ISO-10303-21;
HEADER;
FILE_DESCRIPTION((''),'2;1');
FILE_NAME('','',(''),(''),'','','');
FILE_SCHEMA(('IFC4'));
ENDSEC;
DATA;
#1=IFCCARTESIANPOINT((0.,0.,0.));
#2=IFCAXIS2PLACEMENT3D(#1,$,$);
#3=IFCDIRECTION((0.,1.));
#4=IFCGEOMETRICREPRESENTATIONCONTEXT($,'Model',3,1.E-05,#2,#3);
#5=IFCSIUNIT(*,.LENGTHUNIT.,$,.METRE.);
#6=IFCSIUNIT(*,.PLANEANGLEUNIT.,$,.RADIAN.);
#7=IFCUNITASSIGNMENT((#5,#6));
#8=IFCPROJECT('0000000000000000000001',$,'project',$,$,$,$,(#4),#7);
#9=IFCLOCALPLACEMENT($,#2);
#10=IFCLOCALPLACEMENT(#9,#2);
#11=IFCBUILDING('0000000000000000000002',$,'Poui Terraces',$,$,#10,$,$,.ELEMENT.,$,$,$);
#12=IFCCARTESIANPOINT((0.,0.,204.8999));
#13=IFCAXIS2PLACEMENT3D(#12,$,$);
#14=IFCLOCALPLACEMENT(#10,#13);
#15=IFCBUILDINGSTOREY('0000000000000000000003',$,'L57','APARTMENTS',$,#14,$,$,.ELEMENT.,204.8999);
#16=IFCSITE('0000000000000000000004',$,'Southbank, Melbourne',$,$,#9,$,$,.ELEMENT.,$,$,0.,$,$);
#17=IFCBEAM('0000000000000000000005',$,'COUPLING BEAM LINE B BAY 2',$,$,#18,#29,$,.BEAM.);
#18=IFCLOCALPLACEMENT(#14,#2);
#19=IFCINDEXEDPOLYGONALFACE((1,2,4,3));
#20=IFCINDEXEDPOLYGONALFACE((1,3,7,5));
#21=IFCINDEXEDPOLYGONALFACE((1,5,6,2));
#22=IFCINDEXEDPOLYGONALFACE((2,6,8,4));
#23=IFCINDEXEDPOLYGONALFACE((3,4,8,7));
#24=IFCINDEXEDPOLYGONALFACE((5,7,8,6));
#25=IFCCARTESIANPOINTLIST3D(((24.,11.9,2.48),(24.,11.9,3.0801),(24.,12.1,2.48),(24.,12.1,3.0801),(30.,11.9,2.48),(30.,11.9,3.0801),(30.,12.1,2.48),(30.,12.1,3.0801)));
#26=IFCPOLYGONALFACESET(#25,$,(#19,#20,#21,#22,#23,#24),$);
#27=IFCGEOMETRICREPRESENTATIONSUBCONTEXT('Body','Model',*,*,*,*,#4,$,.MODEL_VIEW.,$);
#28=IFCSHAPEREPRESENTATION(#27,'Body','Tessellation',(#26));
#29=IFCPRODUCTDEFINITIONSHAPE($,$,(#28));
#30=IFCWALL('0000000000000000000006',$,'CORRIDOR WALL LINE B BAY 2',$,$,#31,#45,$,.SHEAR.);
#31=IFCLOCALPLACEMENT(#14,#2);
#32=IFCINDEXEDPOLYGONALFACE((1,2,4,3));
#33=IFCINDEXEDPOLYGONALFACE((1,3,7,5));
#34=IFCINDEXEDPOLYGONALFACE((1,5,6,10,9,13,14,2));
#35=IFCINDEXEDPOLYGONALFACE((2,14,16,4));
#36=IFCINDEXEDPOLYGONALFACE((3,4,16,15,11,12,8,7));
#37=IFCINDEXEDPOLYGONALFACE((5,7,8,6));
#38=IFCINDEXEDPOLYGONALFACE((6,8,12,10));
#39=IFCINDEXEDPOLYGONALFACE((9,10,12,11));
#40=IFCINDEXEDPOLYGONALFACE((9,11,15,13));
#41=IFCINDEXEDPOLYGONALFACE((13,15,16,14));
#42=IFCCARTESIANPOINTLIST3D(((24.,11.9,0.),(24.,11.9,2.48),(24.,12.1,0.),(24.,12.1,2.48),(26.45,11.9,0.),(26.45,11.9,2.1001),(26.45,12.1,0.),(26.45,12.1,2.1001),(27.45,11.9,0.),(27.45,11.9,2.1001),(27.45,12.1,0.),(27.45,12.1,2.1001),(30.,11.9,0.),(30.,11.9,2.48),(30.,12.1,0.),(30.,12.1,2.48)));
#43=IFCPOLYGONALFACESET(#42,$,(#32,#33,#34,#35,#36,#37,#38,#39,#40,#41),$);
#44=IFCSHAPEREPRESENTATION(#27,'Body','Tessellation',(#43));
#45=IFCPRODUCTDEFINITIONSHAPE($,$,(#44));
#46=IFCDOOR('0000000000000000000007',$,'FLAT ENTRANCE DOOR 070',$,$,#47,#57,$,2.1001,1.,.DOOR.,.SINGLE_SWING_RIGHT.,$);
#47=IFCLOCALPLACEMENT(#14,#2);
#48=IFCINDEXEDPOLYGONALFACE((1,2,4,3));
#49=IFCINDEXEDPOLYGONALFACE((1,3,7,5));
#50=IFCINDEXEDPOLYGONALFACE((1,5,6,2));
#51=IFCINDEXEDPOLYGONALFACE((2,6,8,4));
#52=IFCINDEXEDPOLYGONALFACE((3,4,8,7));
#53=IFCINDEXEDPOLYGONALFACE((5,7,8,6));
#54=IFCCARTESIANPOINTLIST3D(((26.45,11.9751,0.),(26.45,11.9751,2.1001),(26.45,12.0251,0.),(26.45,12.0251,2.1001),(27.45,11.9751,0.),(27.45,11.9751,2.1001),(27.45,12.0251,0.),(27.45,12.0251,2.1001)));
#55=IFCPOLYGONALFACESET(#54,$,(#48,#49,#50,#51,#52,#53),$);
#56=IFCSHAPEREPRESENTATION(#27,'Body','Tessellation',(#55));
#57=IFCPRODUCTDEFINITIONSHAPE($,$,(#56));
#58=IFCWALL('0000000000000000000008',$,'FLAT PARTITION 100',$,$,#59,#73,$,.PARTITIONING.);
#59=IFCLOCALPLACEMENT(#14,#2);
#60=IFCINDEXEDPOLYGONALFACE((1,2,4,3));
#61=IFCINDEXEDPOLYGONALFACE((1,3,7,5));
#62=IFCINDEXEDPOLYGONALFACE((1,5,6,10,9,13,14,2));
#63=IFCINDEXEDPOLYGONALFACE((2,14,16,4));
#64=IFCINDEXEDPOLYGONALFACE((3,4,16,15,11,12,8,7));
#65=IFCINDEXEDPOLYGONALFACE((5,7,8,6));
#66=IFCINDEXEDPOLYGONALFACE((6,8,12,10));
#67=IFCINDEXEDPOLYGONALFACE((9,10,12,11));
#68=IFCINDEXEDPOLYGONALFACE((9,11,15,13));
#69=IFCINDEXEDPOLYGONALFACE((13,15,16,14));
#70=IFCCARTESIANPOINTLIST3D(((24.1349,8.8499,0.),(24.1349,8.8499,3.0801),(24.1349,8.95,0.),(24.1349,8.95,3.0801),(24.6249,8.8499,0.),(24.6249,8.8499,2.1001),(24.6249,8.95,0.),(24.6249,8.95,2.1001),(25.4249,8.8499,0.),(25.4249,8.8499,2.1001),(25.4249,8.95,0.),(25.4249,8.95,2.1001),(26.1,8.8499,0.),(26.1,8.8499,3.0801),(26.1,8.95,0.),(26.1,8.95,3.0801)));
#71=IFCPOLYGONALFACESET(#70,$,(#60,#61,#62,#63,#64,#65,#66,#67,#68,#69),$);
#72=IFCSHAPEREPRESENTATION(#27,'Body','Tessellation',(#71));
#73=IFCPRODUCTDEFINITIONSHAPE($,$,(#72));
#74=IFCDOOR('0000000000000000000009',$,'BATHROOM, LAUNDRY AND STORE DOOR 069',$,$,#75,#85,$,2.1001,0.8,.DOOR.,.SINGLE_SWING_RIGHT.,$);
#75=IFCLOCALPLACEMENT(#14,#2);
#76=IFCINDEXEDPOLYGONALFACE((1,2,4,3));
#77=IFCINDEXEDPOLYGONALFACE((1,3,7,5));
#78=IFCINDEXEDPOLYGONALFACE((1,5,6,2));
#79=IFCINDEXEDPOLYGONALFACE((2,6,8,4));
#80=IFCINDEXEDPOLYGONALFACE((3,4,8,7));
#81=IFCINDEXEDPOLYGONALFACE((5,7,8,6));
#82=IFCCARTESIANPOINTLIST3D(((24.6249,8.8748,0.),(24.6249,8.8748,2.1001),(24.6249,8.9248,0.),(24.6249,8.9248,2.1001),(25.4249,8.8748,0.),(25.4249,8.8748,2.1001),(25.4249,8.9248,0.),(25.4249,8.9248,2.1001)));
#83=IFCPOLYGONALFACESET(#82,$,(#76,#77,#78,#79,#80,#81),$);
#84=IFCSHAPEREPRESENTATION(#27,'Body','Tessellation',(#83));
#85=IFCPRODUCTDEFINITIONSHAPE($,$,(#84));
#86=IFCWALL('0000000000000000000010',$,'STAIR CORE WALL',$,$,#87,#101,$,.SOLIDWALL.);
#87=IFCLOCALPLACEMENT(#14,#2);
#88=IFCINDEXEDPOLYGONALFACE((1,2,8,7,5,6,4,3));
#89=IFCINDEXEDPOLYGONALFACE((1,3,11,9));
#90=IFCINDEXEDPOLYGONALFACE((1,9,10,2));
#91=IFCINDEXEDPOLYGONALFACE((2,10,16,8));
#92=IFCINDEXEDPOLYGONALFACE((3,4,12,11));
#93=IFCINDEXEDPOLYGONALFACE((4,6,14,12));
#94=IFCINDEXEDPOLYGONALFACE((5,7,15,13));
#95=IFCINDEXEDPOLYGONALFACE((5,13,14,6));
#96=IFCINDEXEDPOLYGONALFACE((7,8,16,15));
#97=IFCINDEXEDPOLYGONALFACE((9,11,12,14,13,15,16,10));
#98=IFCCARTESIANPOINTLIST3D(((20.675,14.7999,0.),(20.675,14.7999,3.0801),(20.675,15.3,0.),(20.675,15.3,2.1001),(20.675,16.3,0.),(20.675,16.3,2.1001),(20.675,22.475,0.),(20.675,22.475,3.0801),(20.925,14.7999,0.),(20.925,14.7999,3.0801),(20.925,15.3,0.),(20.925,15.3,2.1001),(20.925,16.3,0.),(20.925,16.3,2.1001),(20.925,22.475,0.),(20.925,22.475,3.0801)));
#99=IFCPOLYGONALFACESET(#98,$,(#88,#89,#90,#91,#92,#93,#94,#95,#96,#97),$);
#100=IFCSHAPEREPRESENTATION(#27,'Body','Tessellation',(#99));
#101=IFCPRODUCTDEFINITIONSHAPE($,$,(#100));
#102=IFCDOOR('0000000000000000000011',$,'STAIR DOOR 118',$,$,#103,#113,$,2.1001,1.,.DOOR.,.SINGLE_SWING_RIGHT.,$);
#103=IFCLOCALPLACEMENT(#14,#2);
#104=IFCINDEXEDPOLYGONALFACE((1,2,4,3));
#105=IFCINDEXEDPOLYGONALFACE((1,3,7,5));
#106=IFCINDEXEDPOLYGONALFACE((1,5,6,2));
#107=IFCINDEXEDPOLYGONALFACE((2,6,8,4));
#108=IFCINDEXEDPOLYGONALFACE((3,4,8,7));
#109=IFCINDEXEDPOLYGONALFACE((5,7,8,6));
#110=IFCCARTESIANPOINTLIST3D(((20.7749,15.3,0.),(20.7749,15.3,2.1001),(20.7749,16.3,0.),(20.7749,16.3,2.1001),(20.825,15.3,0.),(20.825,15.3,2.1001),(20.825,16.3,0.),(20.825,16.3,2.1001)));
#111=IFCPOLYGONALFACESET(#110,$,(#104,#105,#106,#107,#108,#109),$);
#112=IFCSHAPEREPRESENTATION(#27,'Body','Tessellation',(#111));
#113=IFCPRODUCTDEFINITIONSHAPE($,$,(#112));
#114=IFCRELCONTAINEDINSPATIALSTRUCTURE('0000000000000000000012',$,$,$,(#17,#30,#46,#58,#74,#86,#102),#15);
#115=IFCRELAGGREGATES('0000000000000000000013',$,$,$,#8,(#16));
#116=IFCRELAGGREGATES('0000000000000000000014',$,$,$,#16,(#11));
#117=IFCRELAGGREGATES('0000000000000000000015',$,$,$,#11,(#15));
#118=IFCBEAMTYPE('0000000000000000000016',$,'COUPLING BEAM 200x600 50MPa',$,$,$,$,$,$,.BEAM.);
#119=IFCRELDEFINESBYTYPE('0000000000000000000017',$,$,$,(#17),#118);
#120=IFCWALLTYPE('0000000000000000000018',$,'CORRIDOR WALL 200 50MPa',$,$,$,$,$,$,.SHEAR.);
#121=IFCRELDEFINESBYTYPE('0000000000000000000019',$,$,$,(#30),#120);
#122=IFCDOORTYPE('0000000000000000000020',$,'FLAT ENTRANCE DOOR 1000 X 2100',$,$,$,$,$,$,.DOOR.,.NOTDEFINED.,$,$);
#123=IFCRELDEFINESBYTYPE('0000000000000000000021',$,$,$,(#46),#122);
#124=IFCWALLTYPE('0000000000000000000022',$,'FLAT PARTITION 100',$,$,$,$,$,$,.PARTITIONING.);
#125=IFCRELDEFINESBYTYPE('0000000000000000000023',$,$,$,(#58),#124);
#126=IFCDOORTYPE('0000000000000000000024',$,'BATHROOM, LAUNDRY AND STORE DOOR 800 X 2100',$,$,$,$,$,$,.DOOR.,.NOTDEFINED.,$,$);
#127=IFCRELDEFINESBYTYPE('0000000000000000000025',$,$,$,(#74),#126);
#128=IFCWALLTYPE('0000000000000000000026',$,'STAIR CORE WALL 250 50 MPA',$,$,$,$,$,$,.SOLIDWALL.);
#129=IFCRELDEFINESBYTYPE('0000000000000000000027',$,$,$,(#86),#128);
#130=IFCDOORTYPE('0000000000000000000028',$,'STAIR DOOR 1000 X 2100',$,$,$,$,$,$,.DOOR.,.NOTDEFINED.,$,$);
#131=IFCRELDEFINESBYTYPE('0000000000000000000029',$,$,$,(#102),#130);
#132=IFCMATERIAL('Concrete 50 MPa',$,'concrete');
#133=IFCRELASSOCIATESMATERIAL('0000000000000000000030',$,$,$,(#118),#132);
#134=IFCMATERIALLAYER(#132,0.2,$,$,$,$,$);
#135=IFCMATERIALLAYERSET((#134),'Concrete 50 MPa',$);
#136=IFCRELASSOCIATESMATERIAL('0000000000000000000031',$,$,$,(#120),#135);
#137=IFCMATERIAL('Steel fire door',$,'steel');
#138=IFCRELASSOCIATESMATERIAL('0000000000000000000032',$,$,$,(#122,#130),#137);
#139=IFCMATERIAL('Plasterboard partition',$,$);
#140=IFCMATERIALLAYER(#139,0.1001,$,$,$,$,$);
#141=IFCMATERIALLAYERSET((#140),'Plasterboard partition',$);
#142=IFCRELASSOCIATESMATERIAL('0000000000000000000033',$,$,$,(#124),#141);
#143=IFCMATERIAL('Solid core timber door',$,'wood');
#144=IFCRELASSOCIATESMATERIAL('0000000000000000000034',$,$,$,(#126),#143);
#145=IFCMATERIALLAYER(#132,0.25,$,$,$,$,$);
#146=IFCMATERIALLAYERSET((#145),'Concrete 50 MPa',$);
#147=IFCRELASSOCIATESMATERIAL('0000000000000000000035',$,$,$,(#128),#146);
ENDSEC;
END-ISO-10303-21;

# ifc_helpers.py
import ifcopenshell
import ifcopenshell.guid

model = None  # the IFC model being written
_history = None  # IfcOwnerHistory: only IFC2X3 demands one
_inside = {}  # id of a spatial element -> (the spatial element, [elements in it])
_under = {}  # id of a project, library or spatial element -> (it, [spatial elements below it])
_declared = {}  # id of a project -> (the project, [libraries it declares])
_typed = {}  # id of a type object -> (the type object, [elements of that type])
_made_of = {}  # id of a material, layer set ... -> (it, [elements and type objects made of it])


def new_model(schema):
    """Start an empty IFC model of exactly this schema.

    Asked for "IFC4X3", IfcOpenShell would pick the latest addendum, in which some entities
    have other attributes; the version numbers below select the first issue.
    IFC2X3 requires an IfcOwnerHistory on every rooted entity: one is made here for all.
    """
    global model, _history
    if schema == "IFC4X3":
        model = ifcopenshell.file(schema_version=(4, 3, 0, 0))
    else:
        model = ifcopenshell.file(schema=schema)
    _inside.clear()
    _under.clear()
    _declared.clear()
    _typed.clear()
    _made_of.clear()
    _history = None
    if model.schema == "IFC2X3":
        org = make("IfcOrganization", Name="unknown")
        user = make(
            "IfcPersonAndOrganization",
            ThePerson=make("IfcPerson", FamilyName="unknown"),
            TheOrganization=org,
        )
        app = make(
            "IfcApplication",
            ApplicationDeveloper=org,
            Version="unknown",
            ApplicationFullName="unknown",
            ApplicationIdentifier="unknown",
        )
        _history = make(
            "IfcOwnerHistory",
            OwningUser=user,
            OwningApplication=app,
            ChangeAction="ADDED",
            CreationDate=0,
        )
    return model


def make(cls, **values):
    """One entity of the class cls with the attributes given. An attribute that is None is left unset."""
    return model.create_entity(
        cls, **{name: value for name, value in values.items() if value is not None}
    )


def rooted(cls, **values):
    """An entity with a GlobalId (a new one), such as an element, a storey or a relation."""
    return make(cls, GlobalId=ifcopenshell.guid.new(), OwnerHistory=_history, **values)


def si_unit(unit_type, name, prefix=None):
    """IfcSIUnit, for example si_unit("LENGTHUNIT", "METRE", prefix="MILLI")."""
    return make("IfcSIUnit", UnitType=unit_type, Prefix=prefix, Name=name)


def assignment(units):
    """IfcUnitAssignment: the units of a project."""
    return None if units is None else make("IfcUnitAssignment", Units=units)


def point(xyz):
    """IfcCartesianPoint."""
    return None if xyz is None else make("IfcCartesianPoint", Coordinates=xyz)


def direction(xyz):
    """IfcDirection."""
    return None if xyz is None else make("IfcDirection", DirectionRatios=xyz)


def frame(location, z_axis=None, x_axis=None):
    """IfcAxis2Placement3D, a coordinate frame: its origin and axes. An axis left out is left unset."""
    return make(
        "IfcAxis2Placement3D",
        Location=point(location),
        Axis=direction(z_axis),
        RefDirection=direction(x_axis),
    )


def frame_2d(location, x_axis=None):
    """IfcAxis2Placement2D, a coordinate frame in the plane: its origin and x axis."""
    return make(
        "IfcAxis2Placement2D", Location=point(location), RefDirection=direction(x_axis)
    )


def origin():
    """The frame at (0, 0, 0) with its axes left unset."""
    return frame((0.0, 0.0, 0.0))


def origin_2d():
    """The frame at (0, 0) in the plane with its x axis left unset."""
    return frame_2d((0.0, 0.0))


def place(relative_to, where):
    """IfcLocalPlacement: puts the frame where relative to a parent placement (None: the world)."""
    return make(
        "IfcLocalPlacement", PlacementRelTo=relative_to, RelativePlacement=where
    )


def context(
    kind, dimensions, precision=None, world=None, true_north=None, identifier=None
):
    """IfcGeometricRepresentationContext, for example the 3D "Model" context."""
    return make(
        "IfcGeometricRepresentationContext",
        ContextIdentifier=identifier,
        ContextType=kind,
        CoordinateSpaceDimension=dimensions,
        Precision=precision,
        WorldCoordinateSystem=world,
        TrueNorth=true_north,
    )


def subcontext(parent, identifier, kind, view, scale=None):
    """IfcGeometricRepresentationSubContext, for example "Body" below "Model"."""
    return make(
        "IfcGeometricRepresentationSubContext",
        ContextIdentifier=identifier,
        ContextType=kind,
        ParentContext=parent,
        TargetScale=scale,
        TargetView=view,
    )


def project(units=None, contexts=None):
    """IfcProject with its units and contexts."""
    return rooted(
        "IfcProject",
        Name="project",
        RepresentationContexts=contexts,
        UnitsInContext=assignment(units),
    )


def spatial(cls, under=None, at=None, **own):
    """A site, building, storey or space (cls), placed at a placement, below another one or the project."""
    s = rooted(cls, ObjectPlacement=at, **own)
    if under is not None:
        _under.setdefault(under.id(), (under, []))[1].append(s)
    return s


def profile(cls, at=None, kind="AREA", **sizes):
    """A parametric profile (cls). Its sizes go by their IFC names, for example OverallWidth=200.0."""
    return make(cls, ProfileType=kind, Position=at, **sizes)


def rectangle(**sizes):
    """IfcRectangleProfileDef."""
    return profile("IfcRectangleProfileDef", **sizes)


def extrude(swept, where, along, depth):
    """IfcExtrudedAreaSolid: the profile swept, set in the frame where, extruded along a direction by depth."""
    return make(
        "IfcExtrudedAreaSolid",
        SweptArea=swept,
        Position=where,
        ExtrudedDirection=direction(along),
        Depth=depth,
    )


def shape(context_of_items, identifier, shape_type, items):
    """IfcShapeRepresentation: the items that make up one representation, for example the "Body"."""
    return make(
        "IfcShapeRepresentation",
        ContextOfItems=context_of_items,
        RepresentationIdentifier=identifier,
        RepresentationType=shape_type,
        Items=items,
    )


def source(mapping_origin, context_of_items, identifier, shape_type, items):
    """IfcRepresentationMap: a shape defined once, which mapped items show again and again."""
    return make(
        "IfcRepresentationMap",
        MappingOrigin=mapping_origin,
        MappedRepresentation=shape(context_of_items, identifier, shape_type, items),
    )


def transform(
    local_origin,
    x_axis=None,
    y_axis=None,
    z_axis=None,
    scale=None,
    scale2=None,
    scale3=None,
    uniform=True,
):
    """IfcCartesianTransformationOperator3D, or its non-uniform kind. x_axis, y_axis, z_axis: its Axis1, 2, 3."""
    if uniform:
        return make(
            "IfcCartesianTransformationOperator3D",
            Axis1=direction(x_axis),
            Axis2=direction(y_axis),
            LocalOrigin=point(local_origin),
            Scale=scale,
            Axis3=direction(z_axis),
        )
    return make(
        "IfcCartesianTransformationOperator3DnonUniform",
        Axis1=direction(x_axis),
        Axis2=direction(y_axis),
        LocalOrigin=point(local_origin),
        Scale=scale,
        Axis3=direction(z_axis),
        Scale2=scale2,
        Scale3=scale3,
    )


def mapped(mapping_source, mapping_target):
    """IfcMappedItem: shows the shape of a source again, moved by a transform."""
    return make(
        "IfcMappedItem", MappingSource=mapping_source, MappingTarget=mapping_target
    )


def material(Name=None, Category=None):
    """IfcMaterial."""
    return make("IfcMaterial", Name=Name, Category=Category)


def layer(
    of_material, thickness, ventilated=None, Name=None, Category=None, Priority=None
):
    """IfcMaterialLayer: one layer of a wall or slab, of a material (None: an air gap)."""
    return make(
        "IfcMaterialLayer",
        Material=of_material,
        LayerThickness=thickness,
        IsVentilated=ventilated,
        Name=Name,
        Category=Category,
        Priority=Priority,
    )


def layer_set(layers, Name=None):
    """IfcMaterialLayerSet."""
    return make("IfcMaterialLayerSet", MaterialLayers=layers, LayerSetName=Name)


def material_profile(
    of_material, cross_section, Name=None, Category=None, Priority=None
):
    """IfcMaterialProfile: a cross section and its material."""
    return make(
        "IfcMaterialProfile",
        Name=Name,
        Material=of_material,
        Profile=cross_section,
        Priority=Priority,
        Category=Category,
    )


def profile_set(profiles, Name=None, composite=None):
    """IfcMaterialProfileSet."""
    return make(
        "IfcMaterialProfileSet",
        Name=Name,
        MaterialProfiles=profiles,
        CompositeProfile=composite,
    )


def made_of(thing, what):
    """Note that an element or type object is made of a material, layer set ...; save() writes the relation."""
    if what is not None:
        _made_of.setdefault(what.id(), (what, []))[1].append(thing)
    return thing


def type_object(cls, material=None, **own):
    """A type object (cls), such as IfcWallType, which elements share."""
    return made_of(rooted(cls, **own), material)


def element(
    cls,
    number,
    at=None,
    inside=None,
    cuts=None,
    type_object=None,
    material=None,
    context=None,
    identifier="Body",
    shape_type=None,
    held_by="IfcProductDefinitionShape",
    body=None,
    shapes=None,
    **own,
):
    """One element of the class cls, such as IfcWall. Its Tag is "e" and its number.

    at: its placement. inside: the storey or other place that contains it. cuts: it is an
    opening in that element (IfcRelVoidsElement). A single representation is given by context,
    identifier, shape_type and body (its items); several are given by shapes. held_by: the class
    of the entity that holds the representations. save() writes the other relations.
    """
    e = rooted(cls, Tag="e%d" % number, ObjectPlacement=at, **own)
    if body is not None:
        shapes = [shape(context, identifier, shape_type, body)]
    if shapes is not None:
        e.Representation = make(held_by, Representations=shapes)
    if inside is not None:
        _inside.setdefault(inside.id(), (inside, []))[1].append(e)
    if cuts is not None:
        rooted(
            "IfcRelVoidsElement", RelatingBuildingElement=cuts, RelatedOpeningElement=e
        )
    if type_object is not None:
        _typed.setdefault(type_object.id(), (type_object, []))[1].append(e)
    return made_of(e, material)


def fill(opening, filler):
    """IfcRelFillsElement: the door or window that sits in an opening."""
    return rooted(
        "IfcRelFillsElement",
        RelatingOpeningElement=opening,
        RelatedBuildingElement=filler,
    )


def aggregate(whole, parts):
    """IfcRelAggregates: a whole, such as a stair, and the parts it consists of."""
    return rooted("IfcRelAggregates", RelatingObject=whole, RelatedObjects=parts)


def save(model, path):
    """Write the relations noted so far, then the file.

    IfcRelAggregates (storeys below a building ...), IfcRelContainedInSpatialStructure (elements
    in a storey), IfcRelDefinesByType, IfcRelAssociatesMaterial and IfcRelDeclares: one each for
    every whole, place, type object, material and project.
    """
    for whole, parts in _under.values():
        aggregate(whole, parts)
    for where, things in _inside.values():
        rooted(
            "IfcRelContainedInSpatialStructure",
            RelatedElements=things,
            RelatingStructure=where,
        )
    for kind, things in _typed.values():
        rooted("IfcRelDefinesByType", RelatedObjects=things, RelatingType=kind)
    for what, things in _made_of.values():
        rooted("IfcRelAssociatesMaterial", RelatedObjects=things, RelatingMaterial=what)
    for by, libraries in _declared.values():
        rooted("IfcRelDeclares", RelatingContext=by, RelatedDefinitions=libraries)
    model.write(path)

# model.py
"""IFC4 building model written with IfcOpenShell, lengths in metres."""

from ifc_helpers import new_model, si_unit, direction, frame, frame_2d, origin, origin_2d, place, context, subcontext, project, spatial, rectangle, extrude, source, transform, mapped, material, layer, layer_set, material_profile, profile_set, type_object, element, fill, save


model = new_model("IFC4")

# Units and contexts
model_context = context("Model", 3, precision=1e-05, world=origin(), true_north=direction((0.0, 1.0)))
body_context = subcontext(model_context, "Body", "Model", "MODEL_VIEW")
ifc_project = project(units=[si_unit("LENGTHUNIT", "METRE"), si_unit("PLANEANGLEUNIT", "RADIAN")], contexts=[model_context])

# Site, building, storey
site_placement = place(None, origin())
site = spatial("IfcSite", under=ifc_project, at=site_placement, Name="Southbank, Melbourne", CompositionType="ELEMENT", RefElevation=0.0)
building_placement = place(site_placement, origin())
building = spatial("IfcBuilding", under=site, at=building_placement, Name="Poui Terraces", CompositionType="ELEMENT")
storey_placement = place(building_placement, frame((0.0, 0.0, 204.8999)))
storey = spatial("IfcBuildingStorey", under=building, at=storey_placement, Name="L57", Description="APARTMENTS", CompositionType="ELEMENT", Elevation=204.8999)

# Beam
ifc_material_1 = material(Name="Concrete 50 MPa", Category="concrete")
ifc_material_profile = material_profile(ifc_material_1, rectangle(XDim=0.2, YDim=0.6001, at=origin_2d()), Name="RC 200x600")
ifc_profile_set = profile_set([ifc_material_profile], Name="Concrete 50 MPa")
beam_type = type_object("IfcBeamType", Name="COUPLING BEAM 200x600 50MPa", PredefinedType="BEAM", material=ifc_profile_set)
shared_shape = source(origin(), body_context, "Body", "SweptSolid", [
    extrude(rectangle(XDim=0.2, YDim=0.6001, at=origin_2d()), origin(), (0.0, 0.0, 1.0), 6.0),
])
beam_placement = place(storey_placement, frame((24.0, 12.0, 2.78), z_axis=(1.0, 0.0, 0.0), x_axis=(0.0, 1.0, 0.0)))
element("IfcBeam", 1, at=beam_placement, inside=storey, type_object=beam_type, Name="COUPLING BEAM LINE B BAY 2", PredefinedType="BEAM", context=body_context, shape_type="MappedRepresentation", body=[
    mapped(shared_shape, transform((0.0, 0.0, 0.0))),
])

# Walls, openings, doors
ifc_layer_1 = layer(ifc_material_1, 0.2)
ifc_layer_set_1 = layer_set([ifc_layer_1], Name="Concrete 50 MPa")
wall_type_1 = type_object("IfcWallType", Name="CORRIDOR WALL 200 50MPa", PredefinedType="SHEAR", material=ifc_layer_set_1)
wall_1_placement = place(storey_placement, frame((24.0, 12.0, 0.0), z_axis=(0.0, 0.0, 1.0), x_axis=(1.0, 0.0, 0.0)))
wall_1 = element("IfcWall", 2, at=wall_1_placement, inside=storey, type_object=wall_type_1, Name="CORRIDOR WALL LINE B BAY 2", PredefinedType="SHEAR", context=body_context, shape_type="SweptSolid", body=[
    extrude(rectangle(XDim=6.0, YDim=0.2, at=frame_2d((3.0, 0.0))), origin(), (0.0, 0.0, 1.0), 2.48),
])
opening_1_placement = place(wall_1_placement, frame((2.45, 0.0, 0.0)))
opening_1 = element("IfcOpeningElement", 3, at=opening_1_placement, cuts=wall_1, PredefinedType="OPENING", context=body_context, shape_type="SweptSolid", body=[
    extrude(rectangle(XDim=1.0, YDim=2.1001, at=frame_2d((0.5, 1.05))), frame((0.0, 0.1099, 0.0), z_axis=(0.0, -1.0, 0.0), x_axis=(1.0, 0.0, 0.0)), (0.0, 0.0, 1.0), 0.22),
])
ifc_material_2 = material(Name="Steel fire door", Category="steel")
door_type_1 = type_object("IfcDoorType", Name="FLAT ENTRANCE DOOR 1000 X 2100", OperationType="NOTDEFINED", PredefinedType="DOOR", material=ifc_material_2)
door_1_placement = place(opening_1_placement, frame((1.0, 0.0, 0.0), z_axis=(0.0, 0.0, 1.0), x_axis=(-1.0, 0.0, 0.0)))
door_1 = element("IfcDoor", 4, at=door_1_placement, inside=storey, type_object=door_type_1, Name="FLAT ENTRANCE DOOR 070", OperationType="SINGLE_SWING_RIGHT", OverallHeight=2.1001, OverallWidth=1.0, PredefinedType="DOOR", context=body_context, shape_type="SweptSolid", body=[
    extrude(rectangle(XDim=1.0, YDim=2.1001, at=frame_2d((0.5, 1.05))), frame((0.0, 0.0249, 0.0), z_axis=(0.0, -1.0, 0.0), x_axis=(1.0, 0.0, 0.0)), (0.0, 0.0, 1.0), 0.05),
])
fill(opening_1, door_1)
ifc_material_3 = material(Name="Plasterboard partition")
ifc_layer_2 = layer(ifc_material_3, 0.1001)
ifc_layer_set_2 = layer_set([ifc_layer_2], Name="Plasterboard partition")
wall_type_2 = type_object("IfcWallType", Name="FLAT PARTITION 100", PredefinedType="PARTITIONING", material=ifc_layer_set_2)
wall_2_placement = place(storey_placement, frame((24.135, 8.8999, 0.0), z_axis=(0.0, 0.0, 1.0), x_axis=(1.0, 0.0, 0.0)))
wall_2 = element("IfcWall", 5, at=wall_2_placement, inside=storey, type_object=wall_type_2, Name="FLAT PARTITION 100", PredefinedType="PARTITIONING", context=body_context, shape_type="SweptSolid", body=[
    extrude(rectangle(XDim=1.9651, YDim=0.1001, at=frame_2d((0.9824, 0.0))), origin(), (0.0, 0.0, 1.0), 3.0801),
])
opening_2_placement = place(wall_2_placement, frame((0.49, 0.0, 0.0)))
opening_2 = element("IfcOpeningElement", 6, at=opening_2_placement, cuts=wall_2, PredefinedType="OPENING", context=body_context, shape_type="SweptSolid", body=[
    extrude(rectangle(XDim=0.8, YDim=2.1001, at=frame_2d((0.3999, 1.05))), frame((0.0, 0.0601, 0.0), z_axis=(0.0, -1.0, 0.0), x_axis=(1.0, 0.0, 0.0)), (0.0, 0.0, 1.0), 0.1201),
])
ifc_material_4 = material(Name="Solid core timber door", Category="wood")
door_type_2 = type_object("IfcDoorType", Name="BATHROOM, LAUNDRY AND STORE DOOR 800 X 2100", OperationType="NOTDEFINED", PredefinedType="DOOR", material=ifc_material_4)
door_2_placement = place(opening_2_placement, origin())
door_2 = element("IfcDoor", 7, at=door_2_placement, inside=storey, type_object=door_type_2, Name="BATHROOM, LAUNDRY AND STORE DOOR 069", OperationType="SINGLE_SWING_RIGHT", OverallHeight=2.1001, OverallWidth=0.8, PredefinedType="DOOR", context=body_context, shape_type="SweptSolid", body=[
    extrude(rectangle(XDim=0.8, YDim=2.1001, at=frame_2d((0.3999, 1.05))), frame((0.0, 0.0249, 0.0), z_axis=(0.0, -1.0, 0.0), x_axis=(1.0, 0.0, 0.0)), (0.0, 0.0, 1.0), 0.05),
])
fill(opening_2, door_2)

# Shared definitions
door_type_3 = type_object("IfcDoorType", Name="STAIR DOOR 1000 X 2100", OperationType="NOTDEFINED", PredefinedType="DOOR", material=ifc_material_2)

# Wall, opening, door
ifc_layer_3 = layer(ifc_material_1, 0.25)
ifc_layer_set_3 = layer_set([ifc_layer_3], Name="Concrete 50 MPa")
wall_type_3 = type_object("IfcWallType", Name="STAIR CORE WALL 250 50 MPA", PredefinedType="SOLIDWALL", material=ifc_layer_set_3)
wall_3_placement = place(storey_placement, frame((20.8, 14.8, 0.0), z_axis=(0.0, 0.0, 1.0), x_axis=(0.0, 1.0, 0.0)))
wall_3 = element("IfcWall", 8, at=wall_3_placement, inside=storey, type_object=wall_type_3, Name="STAIR CORE WALL", PredefinedType="SOLIDWALL", context=body_context, shape_type="SweptSolid", body=[
    extrude(rectangle(XDim=7.675, YDim=0.25, at=frame_2d((3.8374, 0.0))), origin(), (0.0, 0.0, 1.0), 3.0801),
])
opening_3_placement = place(wall_3_placement, frame((0.5, 0.0, 0.0)))
opening_3 = element("IfcOpeningElement", 9, at=opening_3_placement, cuts=wall_3, PredefinedType="OPENING", context=body_context, shape_type="SweptSolid", body=[
    extrude(rectangle(XDim=1.0, YDim=2.1001, at=frame_2d((0.5, 1.05))), frame((0.0, 0.135, 0.0), z_axis=(0.0, -1.0, 0.0), x_axis=(1.0, 0.0, 0.0)), (0.0, 0.0, 1.0), 0.27),
])
door_3_placement = place(opening_3_placement, frame((1.0, 0.0, 0.0), z_axis=(0.0, 0.0, 1.0), x_axis=(-1.0, 0.0, 0.0)))
door_3 = element("IfcDoor", 10, at=door_3_placement, inside=storey, type_object=door_type_3, Name="STAIR DOOR 118", OperationType="SINGLE_SWING_RIGHT", OverallHeight=2.1001, OverallWidth=1.0, PredefinedType="DOOR", context=body_context, shape_type="SweptSolid", body=[
    extrude(rectangle(XDim=1.0, YDim=2.1001, at=frame_2d((0.5, 1.05))), frame((0.0, 0.0249, 0.0), z_axis=(0.0, -1.0, 0.0), x_axis=(1.0, 0.0, 0.0)), (0.0, 0.0, 1.0), 0.05),
])
fill(opening_3, door_3)

save(model, "model.ifc")
